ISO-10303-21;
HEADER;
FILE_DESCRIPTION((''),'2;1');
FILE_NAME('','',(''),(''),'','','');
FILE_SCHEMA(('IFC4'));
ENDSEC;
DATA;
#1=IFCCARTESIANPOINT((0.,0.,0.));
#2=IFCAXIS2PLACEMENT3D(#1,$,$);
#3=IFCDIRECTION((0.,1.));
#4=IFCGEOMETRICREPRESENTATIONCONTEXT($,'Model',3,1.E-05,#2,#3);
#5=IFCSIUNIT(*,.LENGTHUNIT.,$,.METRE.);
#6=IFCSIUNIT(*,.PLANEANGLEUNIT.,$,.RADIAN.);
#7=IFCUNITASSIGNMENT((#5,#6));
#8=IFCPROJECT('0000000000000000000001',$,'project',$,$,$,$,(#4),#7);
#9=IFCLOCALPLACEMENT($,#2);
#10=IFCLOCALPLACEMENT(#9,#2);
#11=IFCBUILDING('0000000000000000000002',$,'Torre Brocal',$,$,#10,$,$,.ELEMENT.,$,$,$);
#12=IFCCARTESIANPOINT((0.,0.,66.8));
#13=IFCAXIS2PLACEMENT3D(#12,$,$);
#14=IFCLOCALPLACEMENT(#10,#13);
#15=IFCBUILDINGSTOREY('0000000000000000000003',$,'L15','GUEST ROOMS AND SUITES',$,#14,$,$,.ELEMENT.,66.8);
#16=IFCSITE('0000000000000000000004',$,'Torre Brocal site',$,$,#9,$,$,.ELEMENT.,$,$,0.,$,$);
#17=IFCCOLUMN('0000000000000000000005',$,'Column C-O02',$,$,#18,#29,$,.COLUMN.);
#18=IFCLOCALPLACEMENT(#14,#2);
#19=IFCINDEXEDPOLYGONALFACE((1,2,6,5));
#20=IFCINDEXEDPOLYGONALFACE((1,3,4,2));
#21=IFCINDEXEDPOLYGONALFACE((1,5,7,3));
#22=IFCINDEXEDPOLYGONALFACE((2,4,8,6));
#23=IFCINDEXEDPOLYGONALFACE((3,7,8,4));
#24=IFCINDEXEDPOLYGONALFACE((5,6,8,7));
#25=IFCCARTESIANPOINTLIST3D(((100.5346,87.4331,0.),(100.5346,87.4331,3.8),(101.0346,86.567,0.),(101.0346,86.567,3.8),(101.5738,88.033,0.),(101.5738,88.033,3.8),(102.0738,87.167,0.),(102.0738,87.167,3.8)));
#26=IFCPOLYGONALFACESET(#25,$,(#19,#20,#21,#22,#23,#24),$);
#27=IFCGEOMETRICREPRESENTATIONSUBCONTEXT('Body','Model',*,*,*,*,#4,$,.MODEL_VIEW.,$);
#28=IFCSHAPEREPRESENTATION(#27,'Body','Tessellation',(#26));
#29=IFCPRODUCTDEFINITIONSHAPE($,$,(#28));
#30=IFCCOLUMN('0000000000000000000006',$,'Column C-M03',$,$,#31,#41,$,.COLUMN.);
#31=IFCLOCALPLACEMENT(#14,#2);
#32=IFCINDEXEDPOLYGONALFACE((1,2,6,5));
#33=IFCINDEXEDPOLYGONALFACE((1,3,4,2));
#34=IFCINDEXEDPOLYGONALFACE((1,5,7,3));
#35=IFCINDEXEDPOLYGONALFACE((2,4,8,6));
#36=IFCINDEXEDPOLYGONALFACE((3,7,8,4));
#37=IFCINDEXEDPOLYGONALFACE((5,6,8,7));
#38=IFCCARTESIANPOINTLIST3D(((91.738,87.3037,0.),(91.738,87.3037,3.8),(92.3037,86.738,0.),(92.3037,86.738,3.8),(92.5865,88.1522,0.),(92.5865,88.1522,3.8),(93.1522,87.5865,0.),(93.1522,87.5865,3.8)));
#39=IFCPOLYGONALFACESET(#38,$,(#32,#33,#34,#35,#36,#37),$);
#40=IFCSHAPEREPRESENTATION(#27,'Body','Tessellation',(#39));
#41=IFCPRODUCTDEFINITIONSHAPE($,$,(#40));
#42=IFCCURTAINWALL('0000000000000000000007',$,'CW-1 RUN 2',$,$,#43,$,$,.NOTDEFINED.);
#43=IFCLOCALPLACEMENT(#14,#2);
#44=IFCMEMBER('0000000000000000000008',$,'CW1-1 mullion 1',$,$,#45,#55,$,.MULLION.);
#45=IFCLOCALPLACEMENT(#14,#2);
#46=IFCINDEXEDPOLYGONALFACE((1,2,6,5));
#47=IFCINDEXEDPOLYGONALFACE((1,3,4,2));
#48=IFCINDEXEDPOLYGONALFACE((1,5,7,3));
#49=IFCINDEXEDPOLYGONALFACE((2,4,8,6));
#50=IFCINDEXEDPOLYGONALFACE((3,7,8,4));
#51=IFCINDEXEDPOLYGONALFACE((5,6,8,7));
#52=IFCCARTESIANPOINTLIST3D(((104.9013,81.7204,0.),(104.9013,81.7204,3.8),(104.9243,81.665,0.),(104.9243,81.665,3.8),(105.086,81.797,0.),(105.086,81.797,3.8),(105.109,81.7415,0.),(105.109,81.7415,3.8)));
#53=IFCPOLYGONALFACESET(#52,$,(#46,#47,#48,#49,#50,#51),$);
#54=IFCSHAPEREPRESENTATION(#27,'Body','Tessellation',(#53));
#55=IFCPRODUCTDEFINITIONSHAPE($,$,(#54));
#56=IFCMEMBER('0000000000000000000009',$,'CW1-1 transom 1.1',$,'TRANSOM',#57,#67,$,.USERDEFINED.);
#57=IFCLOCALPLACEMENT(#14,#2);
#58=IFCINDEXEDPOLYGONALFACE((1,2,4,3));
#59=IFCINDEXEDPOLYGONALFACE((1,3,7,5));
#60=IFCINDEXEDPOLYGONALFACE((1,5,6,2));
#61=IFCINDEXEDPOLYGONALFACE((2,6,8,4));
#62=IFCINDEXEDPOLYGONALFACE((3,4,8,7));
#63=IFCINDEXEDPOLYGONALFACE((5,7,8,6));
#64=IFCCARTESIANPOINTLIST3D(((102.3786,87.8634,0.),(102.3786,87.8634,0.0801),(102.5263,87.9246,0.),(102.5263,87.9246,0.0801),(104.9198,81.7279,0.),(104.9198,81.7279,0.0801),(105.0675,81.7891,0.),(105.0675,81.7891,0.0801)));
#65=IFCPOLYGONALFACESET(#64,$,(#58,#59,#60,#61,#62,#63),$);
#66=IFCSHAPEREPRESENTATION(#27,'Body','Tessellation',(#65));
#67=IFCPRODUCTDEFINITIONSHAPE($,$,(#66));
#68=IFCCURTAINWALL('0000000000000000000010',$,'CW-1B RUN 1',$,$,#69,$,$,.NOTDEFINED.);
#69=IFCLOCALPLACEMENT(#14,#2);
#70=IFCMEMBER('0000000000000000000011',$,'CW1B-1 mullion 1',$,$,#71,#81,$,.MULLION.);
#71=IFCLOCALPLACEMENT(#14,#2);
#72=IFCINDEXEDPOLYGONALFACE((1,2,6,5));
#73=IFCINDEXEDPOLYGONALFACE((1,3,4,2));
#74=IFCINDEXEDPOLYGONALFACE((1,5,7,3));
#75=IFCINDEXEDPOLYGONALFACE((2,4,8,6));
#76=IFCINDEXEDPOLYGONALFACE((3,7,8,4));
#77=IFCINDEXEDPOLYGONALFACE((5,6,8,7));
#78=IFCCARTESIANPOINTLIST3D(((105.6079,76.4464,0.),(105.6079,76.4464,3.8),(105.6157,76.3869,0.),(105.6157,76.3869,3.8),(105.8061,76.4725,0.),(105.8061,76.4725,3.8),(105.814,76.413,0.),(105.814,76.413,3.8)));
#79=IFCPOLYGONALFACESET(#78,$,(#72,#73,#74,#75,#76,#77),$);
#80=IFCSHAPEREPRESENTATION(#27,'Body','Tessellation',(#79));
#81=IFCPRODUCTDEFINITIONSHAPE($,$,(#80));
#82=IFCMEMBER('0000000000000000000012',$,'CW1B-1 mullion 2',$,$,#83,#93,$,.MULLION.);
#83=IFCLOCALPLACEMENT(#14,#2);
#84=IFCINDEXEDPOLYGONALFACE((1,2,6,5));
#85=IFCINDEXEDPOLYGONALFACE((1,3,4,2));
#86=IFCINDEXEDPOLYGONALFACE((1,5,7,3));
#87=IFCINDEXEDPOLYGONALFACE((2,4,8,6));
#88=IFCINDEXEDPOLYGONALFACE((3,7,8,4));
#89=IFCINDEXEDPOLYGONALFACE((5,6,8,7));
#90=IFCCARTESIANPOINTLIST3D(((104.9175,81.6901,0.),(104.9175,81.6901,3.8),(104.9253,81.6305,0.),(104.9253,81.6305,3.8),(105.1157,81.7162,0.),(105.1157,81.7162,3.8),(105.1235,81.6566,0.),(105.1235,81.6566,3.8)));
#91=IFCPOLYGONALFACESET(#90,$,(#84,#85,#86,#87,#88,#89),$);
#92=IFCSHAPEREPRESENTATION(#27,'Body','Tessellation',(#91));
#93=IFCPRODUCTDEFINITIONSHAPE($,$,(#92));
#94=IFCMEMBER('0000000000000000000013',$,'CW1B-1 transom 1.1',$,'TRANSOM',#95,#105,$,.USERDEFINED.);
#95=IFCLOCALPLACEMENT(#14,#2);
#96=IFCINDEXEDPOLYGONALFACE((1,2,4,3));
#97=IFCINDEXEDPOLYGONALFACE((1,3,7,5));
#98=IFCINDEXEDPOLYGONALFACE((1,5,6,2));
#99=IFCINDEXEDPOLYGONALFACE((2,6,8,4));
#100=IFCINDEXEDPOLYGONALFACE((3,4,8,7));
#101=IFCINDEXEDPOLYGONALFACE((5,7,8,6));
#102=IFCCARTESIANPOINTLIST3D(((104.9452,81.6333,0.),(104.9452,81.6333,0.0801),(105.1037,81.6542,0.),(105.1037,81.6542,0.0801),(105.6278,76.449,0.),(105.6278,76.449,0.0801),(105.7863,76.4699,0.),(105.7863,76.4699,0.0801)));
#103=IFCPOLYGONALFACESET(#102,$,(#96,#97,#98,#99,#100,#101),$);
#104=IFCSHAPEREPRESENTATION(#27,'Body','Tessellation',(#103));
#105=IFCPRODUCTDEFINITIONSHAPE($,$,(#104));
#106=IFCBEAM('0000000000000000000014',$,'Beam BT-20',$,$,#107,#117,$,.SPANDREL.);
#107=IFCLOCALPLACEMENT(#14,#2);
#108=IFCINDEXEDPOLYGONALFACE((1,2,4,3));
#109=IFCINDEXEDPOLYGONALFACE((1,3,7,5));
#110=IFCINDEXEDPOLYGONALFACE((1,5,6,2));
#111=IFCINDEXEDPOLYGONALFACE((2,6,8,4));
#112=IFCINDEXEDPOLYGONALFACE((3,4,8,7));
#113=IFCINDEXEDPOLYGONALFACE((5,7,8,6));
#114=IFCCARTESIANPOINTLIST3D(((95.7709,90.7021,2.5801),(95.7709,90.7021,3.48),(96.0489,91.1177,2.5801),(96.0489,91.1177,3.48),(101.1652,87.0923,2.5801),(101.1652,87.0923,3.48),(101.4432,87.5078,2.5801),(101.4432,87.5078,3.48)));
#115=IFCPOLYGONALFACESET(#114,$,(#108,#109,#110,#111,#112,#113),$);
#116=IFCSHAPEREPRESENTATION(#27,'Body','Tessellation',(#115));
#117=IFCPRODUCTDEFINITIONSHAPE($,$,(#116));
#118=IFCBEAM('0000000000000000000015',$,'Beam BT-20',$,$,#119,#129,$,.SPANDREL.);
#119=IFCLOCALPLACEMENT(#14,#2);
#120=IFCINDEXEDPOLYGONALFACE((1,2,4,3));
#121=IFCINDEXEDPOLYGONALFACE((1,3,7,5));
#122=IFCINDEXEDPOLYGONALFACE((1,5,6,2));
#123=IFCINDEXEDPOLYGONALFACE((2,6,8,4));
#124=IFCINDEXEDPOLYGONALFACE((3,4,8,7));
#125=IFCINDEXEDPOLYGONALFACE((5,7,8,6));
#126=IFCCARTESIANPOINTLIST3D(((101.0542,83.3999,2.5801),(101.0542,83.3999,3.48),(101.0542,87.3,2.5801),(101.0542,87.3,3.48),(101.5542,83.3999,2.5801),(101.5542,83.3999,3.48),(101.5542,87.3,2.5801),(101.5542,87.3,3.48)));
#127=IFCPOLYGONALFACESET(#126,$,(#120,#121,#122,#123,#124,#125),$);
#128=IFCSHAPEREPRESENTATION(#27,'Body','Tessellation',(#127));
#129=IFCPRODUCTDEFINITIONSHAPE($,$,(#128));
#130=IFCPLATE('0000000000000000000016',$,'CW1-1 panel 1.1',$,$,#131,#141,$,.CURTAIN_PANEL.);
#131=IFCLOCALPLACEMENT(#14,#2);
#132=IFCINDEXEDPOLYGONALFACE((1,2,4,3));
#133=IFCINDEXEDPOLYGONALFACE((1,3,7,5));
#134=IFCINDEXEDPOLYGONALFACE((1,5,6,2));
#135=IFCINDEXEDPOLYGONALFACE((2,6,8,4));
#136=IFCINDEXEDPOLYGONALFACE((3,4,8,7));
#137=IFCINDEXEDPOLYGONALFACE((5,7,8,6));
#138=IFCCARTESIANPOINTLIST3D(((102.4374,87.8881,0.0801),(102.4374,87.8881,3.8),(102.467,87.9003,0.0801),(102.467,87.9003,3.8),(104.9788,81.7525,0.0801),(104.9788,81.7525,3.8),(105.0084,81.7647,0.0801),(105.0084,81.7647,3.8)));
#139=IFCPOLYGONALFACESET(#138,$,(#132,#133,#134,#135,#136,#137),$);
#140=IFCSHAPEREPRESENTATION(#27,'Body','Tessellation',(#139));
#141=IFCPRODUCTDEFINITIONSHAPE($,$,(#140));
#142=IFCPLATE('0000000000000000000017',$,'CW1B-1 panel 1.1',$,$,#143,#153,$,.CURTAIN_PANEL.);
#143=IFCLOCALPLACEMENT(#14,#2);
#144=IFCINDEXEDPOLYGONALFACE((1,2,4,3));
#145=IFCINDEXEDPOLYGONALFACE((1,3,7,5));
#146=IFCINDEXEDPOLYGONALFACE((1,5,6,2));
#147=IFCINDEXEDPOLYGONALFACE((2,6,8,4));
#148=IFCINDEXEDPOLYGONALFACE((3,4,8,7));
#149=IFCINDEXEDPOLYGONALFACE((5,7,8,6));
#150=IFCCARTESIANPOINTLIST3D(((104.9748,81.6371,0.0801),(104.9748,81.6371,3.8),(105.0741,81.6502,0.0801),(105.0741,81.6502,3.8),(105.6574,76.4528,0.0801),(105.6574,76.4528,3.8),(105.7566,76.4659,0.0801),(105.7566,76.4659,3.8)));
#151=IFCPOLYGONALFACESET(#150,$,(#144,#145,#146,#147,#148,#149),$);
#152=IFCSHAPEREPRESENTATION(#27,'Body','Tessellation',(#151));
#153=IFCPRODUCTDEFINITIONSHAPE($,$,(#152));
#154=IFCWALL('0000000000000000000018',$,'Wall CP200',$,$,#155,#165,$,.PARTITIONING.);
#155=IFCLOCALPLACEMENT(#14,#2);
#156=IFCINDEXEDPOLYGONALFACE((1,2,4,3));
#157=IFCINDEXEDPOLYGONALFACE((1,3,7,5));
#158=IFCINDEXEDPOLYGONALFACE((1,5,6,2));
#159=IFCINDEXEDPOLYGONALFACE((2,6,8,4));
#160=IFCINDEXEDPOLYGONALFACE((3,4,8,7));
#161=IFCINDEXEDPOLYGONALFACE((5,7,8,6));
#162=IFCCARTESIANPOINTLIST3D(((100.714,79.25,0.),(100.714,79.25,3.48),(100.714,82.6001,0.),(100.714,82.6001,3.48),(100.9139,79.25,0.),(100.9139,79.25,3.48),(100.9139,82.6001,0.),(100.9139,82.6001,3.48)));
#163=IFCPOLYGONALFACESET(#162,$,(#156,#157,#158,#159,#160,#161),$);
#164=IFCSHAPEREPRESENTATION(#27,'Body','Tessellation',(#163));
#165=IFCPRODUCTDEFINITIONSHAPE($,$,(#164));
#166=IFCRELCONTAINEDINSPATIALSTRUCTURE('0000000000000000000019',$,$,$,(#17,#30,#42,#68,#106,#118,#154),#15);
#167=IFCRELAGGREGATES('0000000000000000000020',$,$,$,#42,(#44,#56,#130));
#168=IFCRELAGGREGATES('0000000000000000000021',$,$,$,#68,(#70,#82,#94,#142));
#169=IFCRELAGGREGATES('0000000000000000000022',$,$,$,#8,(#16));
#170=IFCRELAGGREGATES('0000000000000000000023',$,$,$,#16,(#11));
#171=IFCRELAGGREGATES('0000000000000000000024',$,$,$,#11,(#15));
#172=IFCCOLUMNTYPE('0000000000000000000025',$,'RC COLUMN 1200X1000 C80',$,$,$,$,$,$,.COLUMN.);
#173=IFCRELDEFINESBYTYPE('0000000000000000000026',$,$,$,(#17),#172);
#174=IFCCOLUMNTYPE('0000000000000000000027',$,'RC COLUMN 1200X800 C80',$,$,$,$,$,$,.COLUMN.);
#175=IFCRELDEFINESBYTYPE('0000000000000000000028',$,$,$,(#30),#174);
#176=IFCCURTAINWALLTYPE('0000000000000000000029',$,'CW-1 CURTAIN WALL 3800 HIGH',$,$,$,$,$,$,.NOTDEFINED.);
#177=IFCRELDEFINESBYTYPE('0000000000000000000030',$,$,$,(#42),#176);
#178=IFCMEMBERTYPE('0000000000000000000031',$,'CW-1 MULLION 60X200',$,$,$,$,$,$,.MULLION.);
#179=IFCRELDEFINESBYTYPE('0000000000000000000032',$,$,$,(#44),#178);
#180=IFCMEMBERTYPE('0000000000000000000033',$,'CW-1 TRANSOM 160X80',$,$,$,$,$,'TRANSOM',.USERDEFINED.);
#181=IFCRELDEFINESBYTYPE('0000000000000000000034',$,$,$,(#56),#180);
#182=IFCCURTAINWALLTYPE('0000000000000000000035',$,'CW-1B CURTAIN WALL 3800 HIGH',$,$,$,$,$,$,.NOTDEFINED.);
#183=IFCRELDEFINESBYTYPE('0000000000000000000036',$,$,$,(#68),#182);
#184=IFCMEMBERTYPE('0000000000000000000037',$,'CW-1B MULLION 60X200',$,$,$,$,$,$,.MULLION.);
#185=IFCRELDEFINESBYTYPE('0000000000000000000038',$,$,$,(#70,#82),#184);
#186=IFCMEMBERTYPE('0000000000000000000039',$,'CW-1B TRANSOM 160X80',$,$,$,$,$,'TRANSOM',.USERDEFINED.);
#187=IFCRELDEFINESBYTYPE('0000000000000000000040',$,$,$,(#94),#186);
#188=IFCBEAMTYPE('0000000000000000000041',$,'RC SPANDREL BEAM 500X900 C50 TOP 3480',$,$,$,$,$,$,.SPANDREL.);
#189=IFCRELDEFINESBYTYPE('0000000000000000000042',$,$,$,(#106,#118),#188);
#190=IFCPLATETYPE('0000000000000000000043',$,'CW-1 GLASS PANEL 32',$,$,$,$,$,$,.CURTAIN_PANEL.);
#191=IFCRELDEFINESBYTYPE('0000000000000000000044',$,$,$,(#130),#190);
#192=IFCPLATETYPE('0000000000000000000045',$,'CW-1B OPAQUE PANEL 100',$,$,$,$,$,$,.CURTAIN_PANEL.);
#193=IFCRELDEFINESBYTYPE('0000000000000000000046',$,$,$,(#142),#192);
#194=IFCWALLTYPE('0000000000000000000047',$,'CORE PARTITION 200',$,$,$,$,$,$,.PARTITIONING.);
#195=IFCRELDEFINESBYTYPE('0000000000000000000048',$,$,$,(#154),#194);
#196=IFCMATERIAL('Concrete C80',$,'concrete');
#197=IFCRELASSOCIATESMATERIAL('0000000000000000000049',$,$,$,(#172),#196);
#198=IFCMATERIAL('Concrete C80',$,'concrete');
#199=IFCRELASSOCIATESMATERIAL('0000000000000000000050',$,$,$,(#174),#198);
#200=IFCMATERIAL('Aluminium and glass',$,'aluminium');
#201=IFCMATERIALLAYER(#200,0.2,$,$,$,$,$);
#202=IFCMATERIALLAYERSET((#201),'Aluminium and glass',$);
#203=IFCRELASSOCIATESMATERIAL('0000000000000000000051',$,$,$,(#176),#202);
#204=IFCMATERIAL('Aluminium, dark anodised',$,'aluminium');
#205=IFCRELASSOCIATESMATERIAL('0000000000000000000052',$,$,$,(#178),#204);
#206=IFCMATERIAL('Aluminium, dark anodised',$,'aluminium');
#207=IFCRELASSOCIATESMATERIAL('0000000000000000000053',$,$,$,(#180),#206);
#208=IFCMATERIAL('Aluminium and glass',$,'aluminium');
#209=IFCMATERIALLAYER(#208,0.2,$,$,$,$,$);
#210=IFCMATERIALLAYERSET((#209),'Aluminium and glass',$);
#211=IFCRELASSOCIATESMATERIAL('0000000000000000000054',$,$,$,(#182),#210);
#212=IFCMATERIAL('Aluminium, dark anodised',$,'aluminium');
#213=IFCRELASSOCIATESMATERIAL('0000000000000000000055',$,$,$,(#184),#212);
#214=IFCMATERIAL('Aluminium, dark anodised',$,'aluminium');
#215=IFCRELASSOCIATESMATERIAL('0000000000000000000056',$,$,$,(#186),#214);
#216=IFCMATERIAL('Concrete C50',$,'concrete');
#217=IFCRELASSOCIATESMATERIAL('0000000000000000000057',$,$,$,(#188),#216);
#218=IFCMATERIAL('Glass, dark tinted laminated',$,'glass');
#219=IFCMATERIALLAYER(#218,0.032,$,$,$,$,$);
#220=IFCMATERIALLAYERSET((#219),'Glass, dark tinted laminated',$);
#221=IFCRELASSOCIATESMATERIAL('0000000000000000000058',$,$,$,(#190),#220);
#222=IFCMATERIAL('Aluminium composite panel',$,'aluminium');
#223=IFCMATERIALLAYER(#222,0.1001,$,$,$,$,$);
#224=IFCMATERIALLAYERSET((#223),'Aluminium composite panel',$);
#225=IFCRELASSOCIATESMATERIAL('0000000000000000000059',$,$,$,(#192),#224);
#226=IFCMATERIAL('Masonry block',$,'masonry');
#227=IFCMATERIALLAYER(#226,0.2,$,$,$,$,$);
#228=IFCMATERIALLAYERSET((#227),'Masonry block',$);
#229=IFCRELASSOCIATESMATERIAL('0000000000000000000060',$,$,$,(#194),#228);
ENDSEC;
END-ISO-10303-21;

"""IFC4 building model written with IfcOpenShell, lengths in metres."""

from ifc_helpers import new_model, si_unit, direction, frame, frame_2d, origin, origin_2d, place, context, subcontext, project, spatial, rectangle, extrude, material, layer, layer_set, material_profile, profile_set, type_object, element, aggregate, save


model = new_model("IFC4")

# Units and contexts
model_context = context("Model", 3, precision=1e-05, world=origin(), true_north=direction((0.0, 1.0)))
body_context = subcontext(model_context, "Body", "Model", "MODEL_VIEW")
ifc_project = project(units=[si_unit("LENGTHUNIT", "METRE"), si_unit("PLANEANGLEUNIT", "RADIAN")], contexts=[model_context])

# Site, building, storey
site_placement = place(None, origin())
site = spatial("IfcSite", under=ifc_project, at=site_placement, Name="Torre Brocal site", CompositionType="ELEMENT", RefElevation=0.0)
building_placement = place(site_placement, origin())
building = spatial("IfcBuilding", under=site, at=building_placement, Name="Torre Brocal", CompositionType="ELEMENT")
storey_placement = place(building_placement, frame((0.0, 0.0, 66.8)))
storey = spatial("IfcBuildingStorey", under=building, at=storey_placement, Name="L15", Description="GUEST ROOMS AND SUITES", CompositionType="ELEMENT", Elevation=66.8)

# Columns
ifc_material_1 = material(Name="Concrete C80", Category="concrete")
ifc_material_profile_1 = material_profile(ifc_material_1, rectangle(XDim=1.2, YDim=1.0, at=origin_2d()), Name="RC 1200X1000")
ifc_profile_set_1 = profile_set([ifc_material_profile_1], Name="Concrete C80")
column_type_1 = type_object("IfcColumnType", Name="RC COLUMN 1200X1000 C80", PredefinedType="COLUMN", material=ifc_profile_set_1)
column_1_placement = place(storey_placement, frame((101.3042, 87.3, 0.0), z_axis=(0.0, 0.0, 1.0), x_axis=(0.866025, 0.5, 0.0)))
element("IfcColumn", 1, at=column_1_placement, inside=storey, type_object=column_type_1, Name="Column C-O02", PredefinedType="COLUMN", context=body_context, shape_type="SweptSolid", body=[
    extrude(rectangle(XDim=1.2, YDim=1.0, at=origin_2d()), origin(), (0.0, 0.0, 1.0), 3.8),
])
ifc_material_2 = material(Name="Concrete C80", Category="concrete")
ifc_material_profile_2 = material_profile(ifc_material_2, rectangle(XDim=1.2, YDim=0.8, at=origin_2d()), Name="RC 1200X800")
ifc_profile_set_2 = profile_set([ifc_material_profile_2], Name="Concrete C80")
column_type_2 = type_object("IfcColumnType", Name="RC COLUMN 1200X800 C80", PredefinedType="COLUMN", material=ifc_profile_set_2)
column_2_placement = place(storey_placement, frame((92.4451, 87.4451, 0.0), z_axis=(0.0, 0.0, 1.0), x_axis=(0.707107, 0.707107, 0.0)))
element("IfcColumn", 2, at=column_2_placement, inside=storey, type_object=column_type_2, Name="Column C-M03", PredefinedType="COLUMN", context=body_context, shape_type="SweptSolid", body=[
    extrude(rectangle(XDim=1.2, YDim=0.8, at=origin_2d()), origin(), (0.0, 0.0, 1.0), 3.8),
])

# Curtain walls, members
ifc_material_3 = material(Name="Aluminium and glass", Category="aluminium")
ifc_layer_1 = layer(ifc_material_3, 0.2)
ifc_layer_set_1 = layer_set([ifc_layer_1], Name="Aluminium and glass")
curtain_wall_type_1 = type_object("IfcCurtainWallType", Name="CW-1 CURTAIN WALL 3800 HIGH", PredefinedType="NOTDEFINED", material=ifc_layer_set_1)
curtain_wall_1_placement = place(storey_placement, origin())
curtain_wall_1 = element("IfcCurtainWall", 3, at=curtain_wall_1_placement, inside=storey, type_object=curtain_wall_type_1, Name="CW-1 RUN 2", PredefinedType="NOTDEFINED")
ifc_material_4 = material(Name="Aluminium, dark anodised", Category="aluminium")
ifc_material_profile_3 = material_profile(ifc_material_4, rectangle(XDim=0.2, YDim=0.0601, at=origin_2d()), Name="CW-1 MULLION 60X200")
ifc_profile_set_3 = profile_set([ifc_material_profile_3], Name="Aluminium, dark anodised")
member_type_1 = type_object("IfcMemberType", Name="CW-1 MULLION 60X200", PredefinedType="MULLION", material=ifc_profile_set_3)
member_1_placement = place(storey_placement, frame((105.0051, 81.731, 0.0), z_axis=(0.0, 0.0, 1.0), x_axis=(-0.92388, -0.382683, 0.0)))
member_1 = element("IfcMember", 4, at=member_1_placement, type_object=member_type_1, Name="CW1-1 mullion 1", PredefinedType="MULLION", context=body_context, shape_type="SweptSolid", body=[
    extrude(rectangle(XDim=0.2, YDim=0.0601, at=origin_2d()), origin(), (0.0, 0.0, 1.0), 3.8),
])
ifc_material_5 = material(Name="Aluminium, dark anodised", Category="aluminium")
ifc_material_profile_4 = material_profile(ifc_material_5, rectangle(XDim=0.1599, YDim=0.0801, at=origin_2d()), Name="CW-1 TRANSOM 160X80")
ifc_profile_set_4 = profile_set([ifc_material_profile_4], Name="Aluminium, dark anodised")
member_type_2 = type_object("IfcMemberType", Name="CW-1 TRANSOM 160X80", ElementType="TRANSOM", PredefinedType="USERDEFINED", material=ifc_profile_set_4)
member_2_placement = place(storey_placement, frame((104.9937, 81.7585, 0.04), z_axis=(-0.382665, 0.923887, 0.0), x_axis=(-0.923887, -0.382665, 0.0)))
member_2 = element("IfcMember", 5, at=member_2_placement, type_object=member_type_2, Name="CW1-1 transom 1.1", ObjectType="TRANSOM", PredefinedType="USERDEFINED", context=body_context, shape_type="SweptSolid", body=[
    extrude(rectangle(XDim=0.1599, YDim=0.0801, at=origin_2d()), origin(), (0.0, 0.0, 1.0), 6.6409),
])
ifc_material_6 = material(Name="Aluminium and glass", Category="aluminium")
ifc_layer_2 = layer(ifc_material_6, 0.2)
ifc_layer_set_2 = layer_set([ifc_layer_2], Name="Aluminium and glass")
curtain_wall_type_2 = type_object("IfcCurtainWallType", Name="CW-1B CURTAIN WALL 3800 HIGH", PredefinedType="NOTDEFINED", material=ifc_layer_set_2)
curtain_wall_2_placement = place(storey_placement, origin())
curtain_wall_2 = element("IfcCurtainWall", 6, at=curtain_wall_2_placement, inside=storey, type_object=curtain_wall_type_2, Name="CW-1B RUN 1", PredefinedType="NOTDEFINED")
ifc_material_7 = material(Name="Aluminium, dark anodised", Category="aluminium")
ifc_material_profile_5 = material_profile(ifc_material_7, rectangle(XDim=0.2, YDim=0.0601, at=origin_2d()), Name="CW-1B MULLION 60X200")
ifc_profile_set_5 = profile_set([ifc_material_profile_5], Name="Aluminium, dark anodised")
member_type_3 = type_object("IfcMemberType", Name="CW-1B MULLION 60X200", PredefinedType="MULLION", material=ifc_profile_set_5)
member_3_placement = place(storey_placement, frame((105.7109, 76.4297, 0.0), z_axis=(0.0, 0.0, 1.0), x_axis=(-0.991445, -0.130526, 0.0)))
member_3 = element("IfcMember", 7, at=member_3_placement, type_object=member_type_3, Name="CW1B-1 mullion 1", PredefinedType="MULLION", context=body_context, shape_type="SweptSolid", body=[
    extrude(rectangle(XDim=0.2, YDim=0.0601, at=origin_2d()), origin(), (0.0, 0.0, 1.0), 3.8),
])
member_4_placement = place(storey_placement, frame((105.0205, 81.6733, 0.0), z_axis=(0.0, 0.0, 1.0), x_axis=(-0.991445, -0.130526, 0.0)))
member_4 = element("IfcMember", 8, at=member_4_placement, type_object=member_type_3, Name="CW1B-1 mullion 2", PredefinedType="MULLION", context=body_context, shape_type="SweptSolid", body=[
    extrude(rectangle(XDim=0.2, YDim=0.0601, at=origin_2d()), origin(), (0.0, 0.0, 1.0), 3.8),
])
ifc_material_8 = material(Name="Aluminium, dark anodised", Category="aluminium")
ifc_material_profile_6 = material_profile(ifc_material_8, rectangle(XDim=0.1599, YDim=0.0801, at=origin_2d()), Name="CW-1B TRANSOM 160X80")
ifc_profile_set_6 = profile_set([ifc_material_profile_6], Name="Aluminium, dark anodised")
member_type_4 = type_object("IfcMemberType", Name="CW-1B TRANSOM 160X80", ElementType="TRANSOM", PredefinedType="USERDEFINED", material=ifc_profile_set_6)
member_5_placement = place(storey_placement, frame((105.707, 76.4595, 0.04), z_axis=(-0.130543, 0.991443, 0.0), x_axis=(-0.991443, -0.130543, 0.0)))
member_5 = element("IfcMember", 9, at=member_5_placement, type_object=member_type_4, Name="CW1B-1 transom 1.1", ObjectType="TRANSOM", PredefinedType="USERDEFINED", context=body_context, shape_type="SweptSolid", body=[
    extrude(rectangle(XDim=0.1599, YDim=0.0801, at=origin_2d()), origin(), (0.0, 0.0, 1.0), 5.229),
])

# Beams
ifc_material_9 = material(Name="Concrete C50", Category="concrete")
ifc_material_profile_7 = material_profile(ifc_material_9, rectangle(XDim=0.5, YDim=0.8999, at=origin_2d()), Name="RC 500X900")
ifc_profile_set_7 = profile_set([ifc_material_profile_7], Name="Concrete C50")
beam_type = type_object("IfcBeamType", Name="RC SPANDREL BEAM 500X900 C50 TOP 3480", PredefinedType="SPANDREL", material=ifc_profile_set_7)
beam_1_placement = place(storey_placement, frame((101.3042, 87.3, 3.03), z_axis=(-0.831077, 0.556158, 0.0), x_axis=(-0.556158, -0.831077, 0.0)))
element("IfcBeam", 10, at=beam_1_placement, inside=storey, type_object=beam_type, Name="Beam BT-20", PredefinedType="SPANDREL", context=body_context, shape_type="SweptSolid", body=[
    extrude(rectangle(XDim=0.5, YDim=0.8999, at=origin_2d()), origin(), (0.0, 0.0, 1.0), 6.4907),
])
beam_2_placement = place(storey_placement, frame((101.3042, 87.3, 3.03), z_axis=(0.0, -1.0, 0.0), x_axis=(1.0, 0.0, 0.0)))
element("IfcBeam", 11, at=beam_2_placement, inside=storey, type_object=beam_type, Name="Beam BT-20", PredefinedType="SPANDREL", context=body_context, shape_type="SweptSolid", body=[
    extrude(rectangle(XDim=0.5, YDim=0.8999, at=origin_2d()), origin(), (0.0, 0.0, 1.0), 3.9001),
])

# Plates
ifc_material_10 = material(Name="Glass, dark tinted laminated", Category="glass")
ifc_layer_3 = layer(ifc_material_10, 0.032)
ifc_layer_set_3 = layer_set([ifc_layer_3], Name="Glass, dark tinted laminated")
plate_type_1 = type_object("IfcPlateType", Name="CW-1 GLASS PANEL 32", PredefinedType="CURTAIN_PANEL", material=ifc_layer_set_3)
plate_1_placement = place(storey_placement, frame((103.7229, 84.8264, 0.0801), z_axis=(0.0, 0.0, 1.0), x_axis=(-0.382683, 0.92388, 0.0)))
plate_1 = element("IfcPlate", 12, at=plate_1_placement, type_object=plate_type_1, Name="CW1-1 panel 1.1", PredefinedType="CURTAIN_PANEL", context=body_context, shape_type="SweptSolid", body=[
    extrude(rectangle(XDim=6.6411, YDim=0.032, at=origin_2d()), origin(), (0.0, 0.0, 1.0), 3.72),
])
aggregate(curtain_wall_1, [member_1, member_2, plate_1])
ifc_material_11 = material(Name="Aluminium composite panel", Category="aluminium")
ifc_layer_4 = layer(ifc_material_11, 0.1001)
ifc_layer_set_4 = layer_set([ifc_layer_4], Name="Aluminium composite panel")
plate_type_2 = type_object("IfcPlateType", Name="CW-1B OPAQUE PANEL 100", PredefinedType="CURTAIN_PANEL", material=ifc_layer_set_4)
plate_2_placement = place(storey_placement, frame((105.3657, 79.0515, 0.0801), z_axis=(0.0, 0.0, 1.0), x_axis=(-0.130526, 0.991445, 0.0)))
plate_2 = element("IfcPlate", 13, at=plate_2_placement, type_object=plate_type_2, Name="CW1B-1 panel 1.1", PredefinedType="CURTAIN_PANEL", context=body_context, shape_type="SweptSolid", body=[
    extrude(rectangle(XDim=5.229, YDim=0.1001, at=origin_2d()), origin(), (0.0, 0.0, 1.0), 3.72),
])
aggregate(curtain_wall_2, [member_3, member_4, member_5, plate_2])

# Wall
ifc_material_12 = material(Name="Masonry block", Category="masonry")
ifc_layer_5 = layer(ifc_material_12, 0.2)
ifc_layer_set_5 = layer_set([ifc_layer_5], Name="Masonry block")
wall_type_1 = type_object("IfcWallType", Name="CORE PARTITION 200", PredefinedType="PARTITIONING", material=ifc_layer_set_5)
wall_1_placement = place(storey_placement, frame((100.814, 79.25, 0.0), z_axis=(0.0, 0.0, 1.0), x_axis=(0.0, 1.0, 0.0)))
element("IfcWall", 14, at=wall_1_placement, inside=storey, type_object=wall_type_1, Name="Wall CP200", PredefinedType="PARTITIONING", context=body_context, shape_type="SweptSolid", body=[
    extrude(rectangle(XDim=3.3501, YDim=0.2, at=frame_2d((1.675, 0.0))), origin(), (0.0, 0.0, 1.0), 3.48),
])

save(model, "model.ifc")
